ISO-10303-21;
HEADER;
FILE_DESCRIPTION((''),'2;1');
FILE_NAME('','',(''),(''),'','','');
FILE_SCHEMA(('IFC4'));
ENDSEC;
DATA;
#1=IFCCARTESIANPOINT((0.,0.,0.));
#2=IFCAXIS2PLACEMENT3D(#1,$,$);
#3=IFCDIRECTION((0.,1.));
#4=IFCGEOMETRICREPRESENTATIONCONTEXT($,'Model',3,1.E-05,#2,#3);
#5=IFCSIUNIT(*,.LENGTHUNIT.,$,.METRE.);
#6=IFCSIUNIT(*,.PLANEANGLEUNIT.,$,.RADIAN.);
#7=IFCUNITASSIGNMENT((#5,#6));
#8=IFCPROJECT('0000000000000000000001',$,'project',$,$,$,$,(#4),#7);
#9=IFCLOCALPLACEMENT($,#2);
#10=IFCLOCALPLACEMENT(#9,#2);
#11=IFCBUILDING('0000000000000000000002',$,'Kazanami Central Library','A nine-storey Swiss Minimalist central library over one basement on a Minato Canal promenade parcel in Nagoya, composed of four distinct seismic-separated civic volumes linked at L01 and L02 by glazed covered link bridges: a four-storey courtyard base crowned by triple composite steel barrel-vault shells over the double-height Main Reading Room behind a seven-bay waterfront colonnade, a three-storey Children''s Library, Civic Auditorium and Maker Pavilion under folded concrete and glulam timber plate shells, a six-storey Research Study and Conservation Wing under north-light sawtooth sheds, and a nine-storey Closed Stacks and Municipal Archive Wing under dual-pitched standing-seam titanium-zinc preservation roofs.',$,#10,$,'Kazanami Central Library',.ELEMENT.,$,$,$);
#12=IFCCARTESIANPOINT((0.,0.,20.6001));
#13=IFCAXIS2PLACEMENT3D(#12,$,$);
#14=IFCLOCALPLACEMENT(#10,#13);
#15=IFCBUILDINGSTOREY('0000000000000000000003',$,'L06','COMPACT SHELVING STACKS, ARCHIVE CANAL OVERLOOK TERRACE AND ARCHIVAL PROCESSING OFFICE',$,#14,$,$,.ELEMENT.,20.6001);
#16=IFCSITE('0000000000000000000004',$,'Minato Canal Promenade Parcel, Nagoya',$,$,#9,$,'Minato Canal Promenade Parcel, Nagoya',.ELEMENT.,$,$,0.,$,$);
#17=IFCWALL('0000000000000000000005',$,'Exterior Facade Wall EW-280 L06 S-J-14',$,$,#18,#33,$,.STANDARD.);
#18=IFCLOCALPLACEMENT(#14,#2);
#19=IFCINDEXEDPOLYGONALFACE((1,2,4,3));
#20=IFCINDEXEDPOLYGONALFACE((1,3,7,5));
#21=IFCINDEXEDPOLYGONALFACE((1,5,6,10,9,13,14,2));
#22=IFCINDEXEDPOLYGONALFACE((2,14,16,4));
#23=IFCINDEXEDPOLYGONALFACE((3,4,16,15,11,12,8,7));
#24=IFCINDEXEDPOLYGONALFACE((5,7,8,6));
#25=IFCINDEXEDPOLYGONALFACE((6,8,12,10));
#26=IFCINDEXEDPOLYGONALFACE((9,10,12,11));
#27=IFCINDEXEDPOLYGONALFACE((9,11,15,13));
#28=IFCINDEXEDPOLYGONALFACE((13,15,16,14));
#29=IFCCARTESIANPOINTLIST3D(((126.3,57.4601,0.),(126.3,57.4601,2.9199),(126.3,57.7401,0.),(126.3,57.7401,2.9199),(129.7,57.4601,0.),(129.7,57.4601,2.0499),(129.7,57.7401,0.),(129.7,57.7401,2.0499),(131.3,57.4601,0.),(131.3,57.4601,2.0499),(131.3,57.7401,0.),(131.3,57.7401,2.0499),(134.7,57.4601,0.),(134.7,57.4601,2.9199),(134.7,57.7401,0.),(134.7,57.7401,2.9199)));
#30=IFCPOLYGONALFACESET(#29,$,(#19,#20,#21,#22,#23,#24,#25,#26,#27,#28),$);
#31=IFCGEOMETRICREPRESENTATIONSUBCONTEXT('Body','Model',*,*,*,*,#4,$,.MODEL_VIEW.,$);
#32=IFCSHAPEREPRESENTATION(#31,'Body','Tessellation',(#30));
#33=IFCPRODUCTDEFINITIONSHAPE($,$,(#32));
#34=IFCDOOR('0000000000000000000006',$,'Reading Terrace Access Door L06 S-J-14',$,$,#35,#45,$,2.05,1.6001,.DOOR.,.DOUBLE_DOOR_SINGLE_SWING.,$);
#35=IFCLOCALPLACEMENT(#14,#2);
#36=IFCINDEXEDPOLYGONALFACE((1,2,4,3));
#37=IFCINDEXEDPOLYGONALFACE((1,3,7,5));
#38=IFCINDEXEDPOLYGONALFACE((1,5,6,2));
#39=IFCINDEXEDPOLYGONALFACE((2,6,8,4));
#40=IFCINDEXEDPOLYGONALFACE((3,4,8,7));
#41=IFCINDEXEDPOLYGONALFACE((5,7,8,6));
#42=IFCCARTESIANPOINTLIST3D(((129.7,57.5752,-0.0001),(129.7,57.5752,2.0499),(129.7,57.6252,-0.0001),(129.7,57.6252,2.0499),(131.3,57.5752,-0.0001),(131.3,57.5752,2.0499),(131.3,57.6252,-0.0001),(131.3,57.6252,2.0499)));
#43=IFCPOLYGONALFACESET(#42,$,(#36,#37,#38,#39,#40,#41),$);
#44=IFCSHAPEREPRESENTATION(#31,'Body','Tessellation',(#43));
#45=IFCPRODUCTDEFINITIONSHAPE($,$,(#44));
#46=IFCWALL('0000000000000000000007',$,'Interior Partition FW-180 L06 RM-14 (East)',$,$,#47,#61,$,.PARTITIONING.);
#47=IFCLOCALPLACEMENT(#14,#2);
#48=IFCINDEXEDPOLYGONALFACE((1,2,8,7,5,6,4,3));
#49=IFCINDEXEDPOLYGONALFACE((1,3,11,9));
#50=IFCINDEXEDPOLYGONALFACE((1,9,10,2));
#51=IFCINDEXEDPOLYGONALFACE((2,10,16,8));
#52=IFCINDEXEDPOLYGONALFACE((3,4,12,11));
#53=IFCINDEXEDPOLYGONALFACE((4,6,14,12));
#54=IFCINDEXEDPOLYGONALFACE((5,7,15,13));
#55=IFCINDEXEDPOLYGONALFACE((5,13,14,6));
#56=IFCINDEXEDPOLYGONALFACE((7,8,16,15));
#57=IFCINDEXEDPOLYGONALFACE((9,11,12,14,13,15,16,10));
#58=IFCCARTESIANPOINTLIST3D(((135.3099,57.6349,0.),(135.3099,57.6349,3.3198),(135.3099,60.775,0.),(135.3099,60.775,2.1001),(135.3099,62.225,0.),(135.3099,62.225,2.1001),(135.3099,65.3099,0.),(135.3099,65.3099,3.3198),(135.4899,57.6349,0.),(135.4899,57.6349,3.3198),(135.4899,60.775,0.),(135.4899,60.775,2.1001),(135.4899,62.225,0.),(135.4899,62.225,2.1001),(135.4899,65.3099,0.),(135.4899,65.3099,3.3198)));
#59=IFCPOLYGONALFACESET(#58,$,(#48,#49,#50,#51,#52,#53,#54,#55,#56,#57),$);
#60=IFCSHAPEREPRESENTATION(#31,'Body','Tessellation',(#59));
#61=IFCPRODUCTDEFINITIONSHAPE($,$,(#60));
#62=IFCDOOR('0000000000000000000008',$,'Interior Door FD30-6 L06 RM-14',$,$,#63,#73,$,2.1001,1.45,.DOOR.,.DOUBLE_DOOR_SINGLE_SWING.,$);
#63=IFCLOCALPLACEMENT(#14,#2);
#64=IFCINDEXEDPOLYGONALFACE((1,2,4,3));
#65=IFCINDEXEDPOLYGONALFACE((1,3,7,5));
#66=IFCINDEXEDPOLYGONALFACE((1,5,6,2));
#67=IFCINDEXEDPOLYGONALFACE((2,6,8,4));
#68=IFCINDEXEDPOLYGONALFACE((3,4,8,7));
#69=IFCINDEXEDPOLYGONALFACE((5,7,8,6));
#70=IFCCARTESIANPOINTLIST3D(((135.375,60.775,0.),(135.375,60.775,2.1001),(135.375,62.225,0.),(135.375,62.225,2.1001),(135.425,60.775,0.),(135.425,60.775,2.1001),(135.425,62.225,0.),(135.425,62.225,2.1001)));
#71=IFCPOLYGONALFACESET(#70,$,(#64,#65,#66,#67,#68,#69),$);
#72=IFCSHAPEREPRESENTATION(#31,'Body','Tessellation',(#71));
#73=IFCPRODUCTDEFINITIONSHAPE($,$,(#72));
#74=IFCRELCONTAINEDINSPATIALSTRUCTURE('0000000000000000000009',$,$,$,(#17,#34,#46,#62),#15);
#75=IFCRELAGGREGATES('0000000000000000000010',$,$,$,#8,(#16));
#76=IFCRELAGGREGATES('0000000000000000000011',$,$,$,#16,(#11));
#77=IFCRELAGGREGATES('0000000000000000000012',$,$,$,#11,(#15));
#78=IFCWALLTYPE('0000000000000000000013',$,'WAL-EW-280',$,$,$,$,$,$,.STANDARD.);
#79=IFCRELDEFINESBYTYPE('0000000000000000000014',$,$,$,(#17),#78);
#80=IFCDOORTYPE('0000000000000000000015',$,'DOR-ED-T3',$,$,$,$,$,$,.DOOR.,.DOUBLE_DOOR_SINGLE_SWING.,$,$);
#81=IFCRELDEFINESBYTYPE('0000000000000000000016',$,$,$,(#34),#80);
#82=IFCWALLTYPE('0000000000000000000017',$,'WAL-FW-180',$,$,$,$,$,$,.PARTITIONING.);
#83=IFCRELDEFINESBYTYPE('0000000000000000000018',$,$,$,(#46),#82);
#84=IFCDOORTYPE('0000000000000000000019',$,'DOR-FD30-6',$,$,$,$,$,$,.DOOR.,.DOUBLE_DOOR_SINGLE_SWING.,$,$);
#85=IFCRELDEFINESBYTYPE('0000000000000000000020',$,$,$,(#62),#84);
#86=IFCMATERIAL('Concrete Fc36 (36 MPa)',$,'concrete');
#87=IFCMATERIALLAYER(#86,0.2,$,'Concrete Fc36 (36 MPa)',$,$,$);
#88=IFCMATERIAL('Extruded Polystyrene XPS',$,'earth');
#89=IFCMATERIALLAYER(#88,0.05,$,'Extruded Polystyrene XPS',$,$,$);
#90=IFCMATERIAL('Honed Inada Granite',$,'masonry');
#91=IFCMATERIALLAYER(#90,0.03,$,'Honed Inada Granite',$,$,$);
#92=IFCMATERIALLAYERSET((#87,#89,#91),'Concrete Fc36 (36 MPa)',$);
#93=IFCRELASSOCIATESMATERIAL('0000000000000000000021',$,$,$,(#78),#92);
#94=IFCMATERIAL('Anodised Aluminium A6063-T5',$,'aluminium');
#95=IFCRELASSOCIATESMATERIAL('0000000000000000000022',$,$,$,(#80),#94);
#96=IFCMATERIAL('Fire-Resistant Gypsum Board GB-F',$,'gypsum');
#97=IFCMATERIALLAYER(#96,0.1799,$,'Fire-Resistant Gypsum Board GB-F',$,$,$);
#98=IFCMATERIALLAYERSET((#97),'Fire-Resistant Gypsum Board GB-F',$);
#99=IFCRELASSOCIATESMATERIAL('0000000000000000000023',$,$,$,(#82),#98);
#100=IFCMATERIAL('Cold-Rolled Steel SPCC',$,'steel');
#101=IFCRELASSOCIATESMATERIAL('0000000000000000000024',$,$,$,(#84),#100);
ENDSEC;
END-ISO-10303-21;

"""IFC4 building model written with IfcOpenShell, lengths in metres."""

from ifc_helpers import new_model, si_unit, direction, frame, frame_2d, origin, place, context, subcontext, project, spatial, rectangle, extrude, material, layer, layer_set, type_object, element, fill, save


model = new_model("IFC4")

# Units and contexts
model_context = context("Model", 3, precision=1e-05, world=origin(), true_north=direction((0.0, 1.0)))
body_context = subcontext(model_context, "Body", "Model", "MODEL_VIEW")
ifc_project = project(units=[si_unit("LENGTHUNIT", "METRE"), si_unit("PLANEANGLEUNIT", "RADIAN")], contexts=[model_context])

# Site, building, storey
site_placement = place(None, origin())
site = spatial("IfcSite", under=ifc_project, at=site_placement, Name="Minato Canal Promenade Parcel, Nagoya", LongName="Minato Canal Promenade Parcel, Nagoya", CompositionType="ELEMENT", RefElevation=0.0)
building_placement = place(site_placement, origin())
building = spatial("IfcBuilding", under=site, at=building_placement, Name="Kazanami Central Library", Description="A nine-storey Swiss Minimalist central library over one basement on a Minato Canal promenade parcel in Nagoya, composed of four distinct seismic-separated civic volumes linked at L01 and L02 by glazed covered link bridges: a four-storey courtyard base crowned by triple composite steel barrel-vault shells over the double-height Main Reading Room behind a seven-bay waterfront colonnade, a three-storey Children's Library, Civic Auditorium and Maker Pavilion under folded concrete and glulam timber plate shells, a six-storey Research Study and Conservation Wing under north-light sawtooth sheds, and a nine-storey Closed Stacks and Municipal Archive Wing under dual-pitched standing-seam titanium-zinc preservation roofs.", LongName="Kazanami Central Library", CompositionType="ELEMENT")
storey_placement = place(building_placement, frame((0.0, 0.0, 20.6001)))
storey = spatial("IfcBuildingStorey", under=building, at=storey_placement, Name="L06", Description="COMPACT SHELVING STACKS, ARCHIVE CANAL OVERLOOK TERRACE AND ARCHIVAL PROCESSING OFFICE", CompositionType="ELEMENT", Elevation=20.6001)

# Shared definitions
ifc_material_1 = material(Name="Anodised Aluminium A6063-T5", Category="aluminium")

# Walls, openings, doors
ifc_material_2 = material(Name="Concrete Fc36 (36 MPa)", Category="concrete")
ifc_layer_1 = layer(ifc_material_2, 0.2, Name="Concrete Fc36 (36 MPa)")
ifc_material_3 = material(Name="Extruded Polystyrene XPS", Category="earth")
ifc_layer_2 = layer(ifc_material_3, 0.05, Name="Extruded Polystyrene XPS")
ifc_material_4 = material(Name="Honed Inada Granite", Category="masonry")
ifc_layer_3 = layer(ifc_material_4, 0.03, Name="Honed Inada Granite")
ifc_layer_set_1 = layer_set([ifc_layer_1, ifc_layer_2, ifc_layer_3], Name="Concrete Fc36 (36 MPa)")
wall_type_1 = type_object("IfcWallType", Name="WAL-EW-280", PredefinedType="STANDARD", material=ifc_layer_set_1)
wall_1_placement = place(storey_placement, frame((126.3, 57.6001, 0.0), z_axis=(0.0, 0.0, 1.0), x_axis=(1.0, 0.0, 0.0)))
wall_1 = element("IfcWall", 1, at=wall_1_placement, inside=storey, type_object=wall_type_1, Name="Exterior Facade Wall EW-280 L06 S-J-14", PredefinedType="STANDARD", context=body_context, shape_type="SweptSolid", body=[
    extrude(rectangle(XDim=8.3999, YDim=0.28, at=frame_2d((4.2, 0.0))), origin(), (0.0, 0.0, 1.0), 2.9199),
])
opening_1_placement = place(wall_1_placement, frame((3.3999, 0.0, 0.0)))
opening_1 = element("IfcOpeningElement", 2, at=opening_1_placement, cuts=wall_1, PredefinedType="OPENING", context=body_context, shape_type="SweptSolid", body=[
    extrude(rectangle(XDim=1.6001, YDim=2.05, at=frame_2d((0.8, 1.0249))), frame((0.0, 0.1519, 0.0), z_axis=(0.0, -1.0, 0.0), x_axis=(1.0, 0.0, 0.0)), (0.0, 0.0, 1.0), 0.304),
])
door_type_1 = type_object("IfcDoorType", Name="DOR-ED-T3", OperationType="DOUBLE_DOOR_SINGLE_SWING", PredefinedType="DOOR", material=ifc_material_1)
door_1_placement = place(opening_1_placement, frame((1.6001, 0.0, 0.0), z_axis=(0.0, 0.0, 1.0), x_axis=(-1.0, 0.0, 0.0)))
door_1 = element("IfcDoor", 3, at=door_1_placement, inside=storey, type_object=door_type_1, Name="Reading Terrace Access Door L06 S-J-14", OperationType="DOUBLE_DOOR_SINGLE_SWING", OverallHeight=2.05, OverallWidth=1.6001, PredefinedType="DOOR", context=body_context, shape_type="SweptSolid", body=[
    extrude(rectangle(XDim=1.6001, YDim=2.05, at=frame_2d((0.8, 1.0249))), frame((0.0, 0.0249, 0.0), z_axis=(0.0, -1.0, 0.0), x_axis=(1.0, 0.0, 0.0)), (0.0, 0.0, 1.0), 0.05),
])
fill(opening_1, door_1)
ifc_material_5 = material(Name="Fire-Resistant Gypsum Board GB-F", Category="gypsum")
ifc_layer_4 = layer(ifc_material_5, 0.1799, Name="Fire-Resistant Gypsum Board GB-F")
ifc_layer_set_2 = layer_set([ifc_layer_4], Name="Fire-Resistant Gypsum Board GB-F")
wall_type_2 = type_object("IfcWallType", Name="WAL-FW-180", PredefinedType="PARTITIONING", material=ifc_layer_set_2)
wall_2_placement = place(storey_placement, frame((135.3999, 57.635, 0.0), z_axis=(0.0, 0.0, 1.0), x_axis=(0.0, 1.0, 0.0)))
wall_2 = element("IfcWall", 4, at=wall_2_placement, inside=storey, type_object=wall_type_2, Name="Interior Partition FW-180 L06 RM-14 (East)", PredefinedType="PARTITIONING", context=body_context, shape_type="SweptSolid", body=[
    extrude(rectangle(XDim=7.675, YDim=0.1799, at=frame_2d((3.8374, 0.0))), origin(), (0.0, 0.0, 1.0), 3.3198),
])
opening_2_placement = place(wall_2_placement, frame((3.1399, 0.0, 0.0)))
opening_2 = element("IfcOpeningElement", 5, at=opening_2_placement, cuts=wall_2, PredefinedType="OPENING", context=body_context, shape_type="SweptSolid", body=[
    extrude(rectangle(XDim=1.45, YDim=2.1001, at=frame_2d((0.7251, 1.05))), frame((0.0, 0.1021, 0.0), z_axis=(0.0, -1.0, 0.0), x_axis=(1.0, 0.0, 0.0)), (0.0, 0.0, 1.0), 0.2039),
])
ifc_material_6 = material(Name="Cold-Rolled Steel SPCC", Category="steel")
door_type_2 = type_object("IfcDoorType", Name="DOR-FD30-6", OperationType="DOUBLE_DOOR_SINGLE_SWING", PredefinedType="DOOR", material=ifc_material_6)
door_2_placement = place(opening_2_placement, origin())
door_2 = element("IfcDoor", 6, at=door_2_placement, inside=storey, type_object=door_type_2, Name="Interior Door FD30-6 L06 RM-14", OperationType="DOUBLE_DOOR_SINGLE_SWING", OverallHeight=2.1001, OverallWidth=1.45, PredefinedType="DOOR", context=body_context, shape_type="SweptSolid", body=[
    extrude(rectangle(XDim=1.45, YDim=2.1001, at=frame_2d((0.7251, 1.05))), frame((0.0, 0.0249, 0.0), z_axis=(0.0, -1.0, 0.0), x_axis=(1.0, 0.0, 0.0)), (0.0, 0.0, 1.0), 0.05),
])
fill(opening_2, door_2)

save(model, "model.ifc")
